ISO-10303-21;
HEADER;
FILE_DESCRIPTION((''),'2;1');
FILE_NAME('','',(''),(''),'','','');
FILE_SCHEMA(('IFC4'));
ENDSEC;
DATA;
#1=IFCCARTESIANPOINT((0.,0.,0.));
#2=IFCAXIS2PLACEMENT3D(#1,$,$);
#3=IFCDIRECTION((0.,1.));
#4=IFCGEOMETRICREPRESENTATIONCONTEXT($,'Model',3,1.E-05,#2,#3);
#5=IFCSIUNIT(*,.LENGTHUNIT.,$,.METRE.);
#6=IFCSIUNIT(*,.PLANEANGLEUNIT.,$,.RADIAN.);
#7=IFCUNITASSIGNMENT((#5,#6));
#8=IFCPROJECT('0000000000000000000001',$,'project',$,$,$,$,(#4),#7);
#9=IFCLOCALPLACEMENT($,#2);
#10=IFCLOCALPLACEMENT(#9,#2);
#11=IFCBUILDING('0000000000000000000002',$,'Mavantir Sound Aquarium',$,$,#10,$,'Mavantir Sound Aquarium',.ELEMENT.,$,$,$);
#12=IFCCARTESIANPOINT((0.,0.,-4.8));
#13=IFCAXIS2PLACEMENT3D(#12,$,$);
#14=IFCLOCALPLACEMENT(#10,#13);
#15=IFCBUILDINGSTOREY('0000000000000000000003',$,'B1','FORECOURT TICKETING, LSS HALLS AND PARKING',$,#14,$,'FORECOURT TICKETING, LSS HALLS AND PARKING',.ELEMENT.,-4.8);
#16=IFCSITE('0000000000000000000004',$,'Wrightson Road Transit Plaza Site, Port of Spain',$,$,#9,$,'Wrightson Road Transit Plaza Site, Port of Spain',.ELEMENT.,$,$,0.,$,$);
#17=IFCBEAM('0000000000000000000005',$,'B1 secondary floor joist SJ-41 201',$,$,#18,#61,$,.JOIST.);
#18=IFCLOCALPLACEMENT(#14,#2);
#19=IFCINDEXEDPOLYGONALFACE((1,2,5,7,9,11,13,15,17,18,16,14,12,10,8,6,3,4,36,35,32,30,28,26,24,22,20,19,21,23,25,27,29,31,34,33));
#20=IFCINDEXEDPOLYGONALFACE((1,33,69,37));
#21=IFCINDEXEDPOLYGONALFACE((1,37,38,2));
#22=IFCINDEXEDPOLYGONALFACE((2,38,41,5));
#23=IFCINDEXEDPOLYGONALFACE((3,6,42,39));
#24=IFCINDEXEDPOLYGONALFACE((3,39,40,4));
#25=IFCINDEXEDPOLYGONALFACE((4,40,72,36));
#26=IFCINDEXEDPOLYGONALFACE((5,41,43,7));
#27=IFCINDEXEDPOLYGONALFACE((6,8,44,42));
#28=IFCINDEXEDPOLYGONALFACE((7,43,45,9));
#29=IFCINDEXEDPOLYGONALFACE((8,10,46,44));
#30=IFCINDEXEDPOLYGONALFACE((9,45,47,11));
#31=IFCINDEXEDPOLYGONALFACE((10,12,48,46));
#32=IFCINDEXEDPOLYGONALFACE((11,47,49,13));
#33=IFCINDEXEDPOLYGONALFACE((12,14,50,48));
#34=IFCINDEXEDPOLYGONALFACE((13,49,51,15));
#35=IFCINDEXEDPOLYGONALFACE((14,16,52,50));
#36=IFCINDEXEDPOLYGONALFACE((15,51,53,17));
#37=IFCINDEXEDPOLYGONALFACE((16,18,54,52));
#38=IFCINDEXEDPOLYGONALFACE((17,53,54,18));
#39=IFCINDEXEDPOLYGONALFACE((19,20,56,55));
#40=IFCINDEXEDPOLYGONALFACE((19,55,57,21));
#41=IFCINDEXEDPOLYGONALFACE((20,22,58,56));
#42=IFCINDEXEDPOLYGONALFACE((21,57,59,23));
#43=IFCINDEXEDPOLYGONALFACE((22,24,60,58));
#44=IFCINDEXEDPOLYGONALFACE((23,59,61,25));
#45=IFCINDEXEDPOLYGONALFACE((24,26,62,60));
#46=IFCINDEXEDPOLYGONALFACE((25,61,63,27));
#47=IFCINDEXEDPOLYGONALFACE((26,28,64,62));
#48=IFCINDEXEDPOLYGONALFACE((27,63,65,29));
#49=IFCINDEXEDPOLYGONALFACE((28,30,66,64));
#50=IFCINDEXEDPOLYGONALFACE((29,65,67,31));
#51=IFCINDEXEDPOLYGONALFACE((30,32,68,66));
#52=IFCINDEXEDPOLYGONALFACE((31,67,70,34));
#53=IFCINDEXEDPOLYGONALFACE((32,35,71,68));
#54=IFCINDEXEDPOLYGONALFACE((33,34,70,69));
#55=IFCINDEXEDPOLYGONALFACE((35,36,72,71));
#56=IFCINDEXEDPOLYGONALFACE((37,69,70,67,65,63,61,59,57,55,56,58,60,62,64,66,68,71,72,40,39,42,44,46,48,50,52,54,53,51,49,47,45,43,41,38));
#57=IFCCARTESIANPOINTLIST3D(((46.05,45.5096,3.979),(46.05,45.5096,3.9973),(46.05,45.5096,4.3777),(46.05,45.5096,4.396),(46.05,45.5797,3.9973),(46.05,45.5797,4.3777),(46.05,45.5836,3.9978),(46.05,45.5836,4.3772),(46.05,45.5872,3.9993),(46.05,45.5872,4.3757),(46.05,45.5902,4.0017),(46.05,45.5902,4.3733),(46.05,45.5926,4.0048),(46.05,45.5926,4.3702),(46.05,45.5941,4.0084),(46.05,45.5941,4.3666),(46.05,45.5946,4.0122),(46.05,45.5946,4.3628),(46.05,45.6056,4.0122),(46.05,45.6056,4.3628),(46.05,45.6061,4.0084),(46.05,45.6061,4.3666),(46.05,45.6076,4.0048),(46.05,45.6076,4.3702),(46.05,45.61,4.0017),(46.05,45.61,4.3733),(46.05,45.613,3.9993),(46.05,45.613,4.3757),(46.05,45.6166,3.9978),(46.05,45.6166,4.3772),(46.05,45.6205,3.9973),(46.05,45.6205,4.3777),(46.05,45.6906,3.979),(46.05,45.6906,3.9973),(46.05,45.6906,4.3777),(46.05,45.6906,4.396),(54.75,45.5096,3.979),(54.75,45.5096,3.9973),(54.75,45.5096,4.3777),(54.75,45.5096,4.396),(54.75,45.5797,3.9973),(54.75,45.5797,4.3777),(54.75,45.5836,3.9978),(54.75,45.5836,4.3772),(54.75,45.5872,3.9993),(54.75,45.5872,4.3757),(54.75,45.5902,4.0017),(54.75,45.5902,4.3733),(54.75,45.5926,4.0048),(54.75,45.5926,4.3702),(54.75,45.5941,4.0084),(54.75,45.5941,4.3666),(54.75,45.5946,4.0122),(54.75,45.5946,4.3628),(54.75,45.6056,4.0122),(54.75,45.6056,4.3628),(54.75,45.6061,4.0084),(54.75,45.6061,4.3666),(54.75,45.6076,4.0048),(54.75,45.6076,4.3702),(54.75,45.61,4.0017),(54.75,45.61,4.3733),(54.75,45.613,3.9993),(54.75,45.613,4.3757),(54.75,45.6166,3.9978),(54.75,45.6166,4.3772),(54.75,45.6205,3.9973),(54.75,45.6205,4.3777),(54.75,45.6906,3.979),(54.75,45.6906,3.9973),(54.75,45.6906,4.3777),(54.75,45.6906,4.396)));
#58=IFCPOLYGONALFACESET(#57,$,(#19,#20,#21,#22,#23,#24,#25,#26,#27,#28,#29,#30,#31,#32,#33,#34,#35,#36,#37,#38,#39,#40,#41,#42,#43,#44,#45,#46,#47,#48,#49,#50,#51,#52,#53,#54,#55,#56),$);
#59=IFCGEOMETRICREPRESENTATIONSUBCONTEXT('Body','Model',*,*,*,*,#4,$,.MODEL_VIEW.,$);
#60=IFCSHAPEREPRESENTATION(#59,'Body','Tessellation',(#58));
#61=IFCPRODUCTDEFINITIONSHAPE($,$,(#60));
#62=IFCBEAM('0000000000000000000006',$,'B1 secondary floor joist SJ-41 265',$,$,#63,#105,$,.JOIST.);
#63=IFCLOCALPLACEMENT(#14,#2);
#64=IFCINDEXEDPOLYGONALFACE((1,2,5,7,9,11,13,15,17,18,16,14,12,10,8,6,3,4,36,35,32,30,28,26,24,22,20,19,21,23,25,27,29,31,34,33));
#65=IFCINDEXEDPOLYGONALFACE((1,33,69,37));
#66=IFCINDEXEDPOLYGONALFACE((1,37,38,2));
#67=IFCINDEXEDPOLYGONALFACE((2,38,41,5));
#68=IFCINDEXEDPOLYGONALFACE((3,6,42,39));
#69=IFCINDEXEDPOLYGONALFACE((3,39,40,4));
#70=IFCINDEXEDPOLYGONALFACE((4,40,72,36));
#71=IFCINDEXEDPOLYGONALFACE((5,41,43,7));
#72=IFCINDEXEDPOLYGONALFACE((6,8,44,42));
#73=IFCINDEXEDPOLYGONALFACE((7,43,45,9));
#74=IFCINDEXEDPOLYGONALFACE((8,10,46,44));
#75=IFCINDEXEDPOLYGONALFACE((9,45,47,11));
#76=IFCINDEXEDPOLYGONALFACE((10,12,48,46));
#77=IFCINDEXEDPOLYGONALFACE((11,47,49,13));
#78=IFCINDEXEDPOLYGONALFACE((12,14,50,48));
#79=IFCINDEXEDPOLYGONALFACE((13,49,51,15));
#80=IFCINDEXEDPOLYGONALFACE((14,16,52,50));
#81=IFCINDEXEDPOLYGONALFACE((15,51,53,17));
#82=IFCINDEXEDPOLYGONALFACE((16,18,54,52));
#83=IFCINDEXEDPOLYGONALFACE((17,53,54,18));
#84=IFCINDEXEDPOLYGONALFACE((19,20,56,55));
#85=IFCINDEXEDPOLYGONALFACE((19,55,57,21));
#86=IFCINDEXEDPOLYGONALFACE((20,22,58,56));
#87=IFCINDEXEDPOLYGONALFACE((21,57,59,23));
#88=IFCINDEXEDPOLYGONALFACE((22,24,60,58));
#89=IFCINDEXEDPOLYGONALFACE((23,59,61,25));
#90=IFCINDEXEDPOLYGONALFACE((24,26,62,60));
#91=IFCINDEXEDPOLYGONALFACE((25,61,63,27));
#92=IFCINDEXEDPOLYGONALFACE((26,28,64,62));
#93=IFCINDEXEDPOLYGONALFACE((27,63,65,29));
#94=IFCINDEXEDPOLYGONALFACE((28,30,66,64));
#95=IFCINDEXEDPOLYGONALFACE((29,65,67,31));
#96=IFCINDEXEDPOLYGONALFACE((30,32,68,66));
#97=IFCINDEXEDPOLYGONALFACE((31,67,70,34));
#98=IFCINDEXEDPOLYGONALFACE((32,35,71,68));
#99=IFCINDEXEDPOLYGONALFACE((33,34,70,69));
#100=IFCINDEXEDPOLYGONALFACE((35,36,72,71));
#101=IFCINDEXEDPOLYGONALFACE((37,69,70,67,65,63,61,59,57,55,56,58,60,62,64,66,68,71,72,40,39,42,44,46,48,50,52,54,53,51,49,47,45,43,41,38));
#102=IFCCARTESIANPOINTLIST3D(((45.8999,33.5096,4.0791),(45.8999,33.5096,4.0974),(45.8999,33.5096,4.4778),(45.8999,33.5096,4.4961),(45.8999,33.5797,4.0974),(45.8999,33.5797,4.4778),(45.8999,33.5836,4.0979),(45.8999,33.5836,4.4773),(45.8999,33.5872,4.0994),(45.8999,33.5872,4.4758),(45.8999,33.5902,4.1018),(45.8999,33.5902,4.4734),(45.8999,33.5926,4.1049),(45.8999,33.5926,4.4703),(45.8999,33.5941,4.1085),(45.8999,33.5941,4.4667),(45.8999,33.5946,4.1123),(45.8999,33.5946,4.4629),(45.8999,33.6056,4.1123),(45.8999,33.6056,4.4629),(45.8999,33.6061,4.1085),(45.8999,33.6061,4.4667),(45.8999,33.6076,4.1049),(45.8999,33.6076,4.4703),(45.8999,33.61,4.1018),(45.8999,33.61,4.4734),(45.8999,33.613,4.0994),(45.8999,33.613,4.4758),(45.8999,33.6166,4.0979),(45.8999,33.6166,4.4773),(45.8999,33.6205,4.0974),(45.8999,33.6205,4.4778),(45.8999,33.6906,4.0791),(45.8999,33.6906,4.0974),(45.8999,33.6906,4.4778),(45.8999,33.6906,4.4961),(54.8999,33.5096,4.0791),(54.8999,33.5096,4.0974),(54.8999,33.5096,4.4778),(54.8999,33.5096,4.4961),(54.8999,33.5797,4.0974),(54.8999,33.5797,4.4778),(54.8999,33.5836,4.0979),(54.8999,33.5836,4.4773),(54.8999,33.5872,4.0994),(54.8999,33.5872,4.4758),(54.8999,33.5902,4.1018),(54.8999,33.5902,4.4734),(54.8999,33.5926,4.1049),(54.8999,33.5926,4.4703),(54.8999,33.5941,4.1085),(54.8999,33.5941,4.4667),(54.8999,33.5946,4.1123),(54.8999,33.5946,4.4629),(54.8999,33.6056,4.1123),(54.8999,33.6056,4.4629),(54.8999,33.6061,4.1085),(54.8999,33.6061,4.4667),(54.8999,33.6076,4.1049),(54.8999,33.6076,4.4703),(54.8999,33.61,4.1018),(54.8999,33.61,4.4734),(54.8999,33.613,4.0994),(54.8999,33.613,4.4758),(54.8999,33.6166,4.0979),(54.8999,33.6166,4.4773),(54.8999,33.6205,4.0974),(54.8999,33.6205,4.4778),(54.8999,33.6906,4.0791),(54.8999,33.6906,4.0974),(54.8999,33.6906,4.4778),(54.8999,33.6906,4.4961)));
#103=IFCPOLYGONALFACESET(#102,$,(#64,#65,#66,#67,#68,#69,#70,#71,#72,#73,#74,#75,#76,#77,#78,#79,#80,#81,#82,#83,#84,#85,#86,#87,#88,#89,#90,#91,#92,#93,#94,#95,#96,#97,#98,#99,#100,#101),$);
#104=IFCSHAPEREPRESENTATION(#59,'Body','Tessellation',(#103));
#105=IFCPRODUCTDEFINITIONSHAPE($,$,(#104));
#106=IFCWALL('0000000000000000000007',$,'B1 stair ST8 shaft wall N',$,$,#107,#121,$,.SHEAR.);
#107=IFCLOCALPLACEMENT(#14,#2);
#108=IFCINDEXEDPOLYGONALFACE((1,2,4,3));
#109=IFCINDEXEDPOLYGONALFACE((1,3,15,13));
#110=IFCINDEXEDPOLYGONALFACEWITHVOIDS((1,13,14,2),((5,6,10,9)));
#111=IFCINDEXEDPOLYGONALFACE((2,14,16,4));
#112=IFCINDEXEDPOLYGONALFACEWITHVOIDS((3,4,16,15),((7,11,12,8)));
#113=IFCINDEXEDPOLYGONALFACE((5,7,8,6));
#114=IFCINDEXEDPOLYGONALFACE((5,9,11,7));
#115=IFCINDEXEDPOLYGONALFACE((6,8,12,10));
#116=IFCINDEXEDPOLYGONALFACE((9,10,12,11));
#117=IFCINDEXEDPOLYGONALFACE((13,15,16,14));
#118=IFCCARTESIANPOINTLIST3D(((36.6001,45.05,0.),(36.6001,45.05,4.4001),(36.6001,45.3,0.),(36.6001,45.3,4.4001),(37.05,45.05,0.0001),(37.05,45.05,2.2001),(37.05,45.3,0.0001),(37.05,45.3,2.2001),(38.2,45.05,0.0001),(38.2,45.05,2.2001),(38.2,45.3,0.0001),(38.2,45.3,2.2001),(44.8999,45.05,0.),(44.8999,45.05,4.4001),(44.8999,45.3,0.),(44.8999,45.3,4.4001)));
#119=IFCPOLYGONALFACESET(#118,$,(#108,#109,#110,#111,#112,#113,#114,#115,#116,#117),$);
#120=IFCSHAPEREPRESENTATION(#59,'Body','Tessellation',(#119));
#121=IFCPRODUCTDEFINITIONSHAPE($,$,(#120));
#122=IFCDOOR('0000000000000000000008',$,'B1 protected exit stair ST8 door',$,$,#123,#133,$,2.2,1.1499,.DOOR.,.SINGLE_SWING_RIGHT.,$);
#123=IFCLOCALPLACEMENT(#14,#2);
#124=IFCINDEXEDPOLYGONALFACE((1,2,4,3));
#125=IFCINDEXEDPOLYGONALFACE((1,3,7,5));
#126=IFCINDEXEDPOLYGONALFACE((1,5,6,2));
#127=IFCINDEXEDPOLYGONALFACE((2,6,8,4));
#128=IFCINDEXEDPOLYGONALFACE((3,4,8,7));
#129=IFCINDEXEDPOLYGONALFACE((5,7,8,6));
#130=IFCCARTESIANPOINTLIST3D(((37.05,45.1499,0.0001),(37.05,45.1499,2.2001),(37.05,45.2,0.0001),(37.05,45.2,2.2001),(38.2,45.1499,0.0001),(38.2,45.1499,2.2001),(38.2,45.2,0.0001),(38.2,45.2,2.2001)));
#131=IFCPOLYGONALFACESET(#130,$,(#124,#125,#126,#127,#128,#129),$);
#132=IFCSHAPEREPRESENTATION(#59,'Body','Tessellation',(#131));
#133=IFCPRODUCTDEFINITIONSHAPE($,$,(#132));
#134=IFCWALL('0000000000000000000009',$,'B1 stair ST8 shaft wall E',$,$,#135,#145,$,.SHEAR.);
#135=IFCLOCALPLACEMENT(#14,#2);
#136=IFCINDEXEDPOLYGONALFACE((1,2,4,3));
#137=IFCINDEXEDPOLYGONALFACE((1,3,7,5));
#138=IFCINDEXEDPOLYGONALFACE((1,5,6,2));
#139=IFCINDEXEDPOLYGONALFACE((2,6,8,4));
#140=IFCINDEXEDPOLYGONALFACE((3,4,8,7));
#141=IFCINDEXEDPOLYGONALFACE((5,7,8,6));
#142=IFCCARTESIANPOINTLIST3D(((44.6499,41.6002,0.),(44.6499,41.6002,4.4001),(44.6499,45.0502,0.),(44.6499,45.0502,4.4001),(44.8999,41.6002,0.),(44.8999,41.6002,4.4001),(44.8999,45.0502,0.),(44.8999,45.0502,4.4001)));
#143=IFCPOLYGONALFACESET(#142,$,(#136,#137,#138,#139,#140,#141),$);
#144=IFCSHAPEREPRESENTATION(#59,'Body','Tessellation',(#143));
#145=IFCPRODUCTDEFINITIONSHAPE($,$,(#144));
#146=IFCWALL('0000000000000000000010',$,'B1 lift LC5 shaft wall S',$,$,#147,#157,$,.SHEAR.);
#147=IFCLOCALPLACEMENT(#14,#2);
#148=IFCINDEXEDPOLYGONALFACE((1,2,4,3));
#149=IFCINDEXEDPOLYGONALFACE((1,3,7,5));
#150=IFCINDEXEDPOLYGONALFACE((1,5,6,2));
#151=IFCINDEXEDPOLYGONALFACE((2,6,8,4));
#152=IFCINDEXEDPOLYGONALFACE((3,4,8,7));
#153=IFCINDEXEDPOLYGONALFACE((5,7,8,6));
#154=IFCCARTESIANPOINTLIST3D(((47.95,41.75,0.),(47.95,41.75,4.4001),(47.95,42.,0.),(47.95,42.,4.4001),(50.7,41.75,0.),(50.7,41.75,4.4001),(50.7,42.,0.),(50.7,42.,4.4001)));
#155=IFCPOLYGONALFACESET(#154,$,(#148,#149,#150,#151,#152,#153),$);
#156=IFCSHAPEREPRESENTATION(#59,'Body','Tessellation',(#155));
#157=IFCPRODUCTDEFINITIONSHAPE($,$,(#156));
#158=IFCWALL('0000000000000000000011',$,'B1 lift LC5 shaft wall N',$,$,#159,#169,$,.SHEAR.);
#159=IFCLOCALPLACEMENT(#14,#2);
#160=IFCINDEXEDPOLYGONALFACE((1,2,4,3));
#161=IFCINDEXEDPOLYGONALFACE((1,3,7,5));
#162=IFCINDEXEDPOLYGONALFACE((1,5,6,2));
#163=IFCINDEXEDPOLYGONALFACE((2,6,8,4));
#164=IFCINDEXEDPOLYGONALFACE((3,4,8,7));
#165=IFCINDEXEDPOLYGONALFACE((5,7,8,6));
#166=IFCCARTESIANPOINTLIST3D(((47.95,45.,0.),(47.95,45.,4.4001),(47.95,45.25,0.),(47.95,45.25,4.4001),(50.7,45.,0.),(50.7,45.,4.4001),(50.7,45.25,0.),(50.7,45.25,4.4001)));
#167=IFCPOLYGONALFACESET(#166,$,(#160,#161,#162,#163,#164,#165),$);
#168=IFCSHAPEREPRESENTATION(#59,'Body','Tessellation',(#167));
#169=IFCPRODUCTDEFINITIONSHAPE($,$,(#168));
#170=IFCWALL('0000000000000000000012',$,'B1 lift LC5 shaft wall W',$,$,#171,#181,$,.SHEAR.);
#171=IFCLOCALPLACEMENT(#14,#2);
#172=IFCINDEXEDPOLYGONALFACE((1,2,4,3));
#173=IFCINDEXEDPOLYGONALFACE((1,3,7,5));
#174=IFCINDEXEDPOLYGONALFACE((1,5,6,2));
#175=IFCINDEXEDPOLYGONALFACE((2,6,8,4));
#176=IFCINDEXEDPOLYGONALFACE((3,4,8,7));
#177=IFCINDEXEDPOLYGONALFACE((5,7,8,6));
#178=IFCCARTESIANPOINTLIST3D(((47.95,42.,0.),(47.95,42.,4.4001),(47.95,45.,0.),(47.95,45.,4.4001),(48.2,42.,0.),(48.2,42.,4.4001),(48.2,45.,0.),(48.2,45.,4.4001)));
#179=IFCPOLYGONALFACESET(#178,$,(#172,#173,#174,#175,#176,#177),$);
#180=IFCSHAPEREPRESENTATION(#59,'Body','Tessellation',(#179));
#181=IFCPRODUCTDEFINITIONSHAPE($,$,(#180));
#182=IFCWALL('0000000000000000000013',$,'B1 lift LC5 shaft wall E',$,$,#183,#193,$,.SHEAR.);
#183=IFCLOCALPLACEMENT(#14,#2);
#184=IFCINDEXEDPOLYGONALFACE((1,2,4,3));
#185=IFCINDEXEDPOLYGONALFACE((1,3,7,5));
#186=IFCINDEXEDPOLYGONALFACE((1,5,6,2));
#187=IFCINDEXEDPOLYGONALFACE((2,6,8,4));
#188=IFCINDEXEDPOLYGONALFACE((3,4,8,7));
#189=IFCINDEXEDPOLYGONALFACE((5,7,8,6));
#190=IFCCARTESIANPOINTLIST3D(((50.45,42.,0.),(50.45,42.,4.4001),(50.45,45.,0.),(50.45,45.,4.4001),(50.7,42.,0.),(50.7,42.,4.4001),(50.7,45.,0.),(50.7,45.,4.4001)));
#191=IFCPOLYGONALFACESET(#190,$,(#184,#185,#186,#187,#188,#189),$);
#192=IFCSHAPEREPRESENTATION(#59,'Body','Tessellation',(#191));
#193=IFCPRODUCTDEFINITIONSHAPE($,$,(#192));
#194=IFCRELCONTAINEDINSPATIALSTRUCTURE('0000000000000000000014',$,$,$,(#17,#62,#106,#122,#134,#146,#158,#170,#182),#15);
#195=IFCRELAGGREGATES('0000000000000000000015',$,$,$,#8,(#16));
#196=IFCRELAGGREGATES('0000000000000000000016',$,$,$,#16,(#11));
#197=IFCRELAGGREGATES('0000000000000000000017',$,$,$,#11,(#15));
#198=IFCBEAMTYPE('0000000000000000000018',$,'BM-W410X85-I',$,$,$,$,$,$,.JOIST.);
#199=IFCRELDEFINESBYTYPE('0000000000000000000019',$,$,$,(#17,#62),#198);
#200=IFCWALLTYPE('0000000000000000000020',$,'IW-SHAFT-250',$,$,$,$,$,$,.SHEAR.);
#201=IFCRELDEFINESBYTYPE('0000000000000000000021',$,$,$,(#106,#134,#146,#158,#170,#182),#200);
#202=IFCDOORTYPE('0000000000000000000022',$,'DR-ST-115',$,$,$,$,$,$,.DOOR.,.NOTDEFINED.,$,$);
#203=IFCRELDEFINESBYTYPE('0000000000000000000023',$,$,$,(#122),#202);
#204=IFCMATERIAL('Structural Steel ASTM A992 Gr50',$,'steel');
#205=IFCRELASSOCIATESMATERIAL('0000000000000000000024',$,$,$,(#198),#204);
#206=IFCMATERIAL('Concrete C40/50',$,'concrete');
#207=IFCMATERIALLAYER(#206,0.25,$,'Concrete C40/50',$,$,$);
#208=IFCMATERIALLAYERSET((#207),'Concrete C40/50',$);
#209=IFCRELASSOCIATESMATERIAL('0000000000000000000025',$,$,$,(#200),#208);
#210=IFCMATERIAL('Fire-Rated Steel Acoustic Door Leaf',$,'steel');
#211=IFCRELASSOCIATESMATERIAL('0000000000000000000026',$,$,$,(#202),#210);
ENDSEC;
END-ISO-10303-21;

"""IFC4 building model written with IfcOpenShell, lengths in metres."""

from ifc_helpers import new_model, si_unit, direction, frame, frame_2d, origin, origin_2d, place, context, subcontext, project, spatial, rectangle, i_section, extrude, material, layer, layer_set, material_profile, profile_set, type_object, element, fill, save


model = new_model("IFC4")

# Units and contexts
model_context = context("Model", 3, precision=1e-05, world=origin(), true_north=direction((0.0, 1.0)))
body_context = subcontext(model_context, "Body", "Model", "MODEL_VIEW")
ifc_project = project(units=[si_unit("LENGTHUNIT", "METRE"), si_unit("PLANEANGLEUNIT", "RADIAN")], contexts=[model_context])

# Site, building, storey
site_placement = place(None, origin())
site = spatial("IfcSite", under=ifc_project, at=site_placement, Name="Wrightson Road Transit Plaza Site, Port of Spain", LongName="Wrightson Road Transit Plaza Site, Port of Spain", CompositionType="ELEMENT", RefElevation=0.0)
building_placement = place(site_placement, origin())
building = spatial("IfcBuilding", under=site, at=building_placement, Name="Mavantir Sound Aquarium", LongName="Mavantir Sound Aquarium", CompositionType="ELEMENT")
storey_placement = place(building_placement, frame((0.0, 0.0, -4.8)))
storey = spatial("IfcBuildingStorey", under=building, at=storey_placement, Name="B1", Description="FORECOURT TICKETING, LSS HALLS AND PARKING", LongName="FORECOURT TICKETING, LSS HALLS AND PARKING", CompositionType="ELEMENT", Elevation=-4.8)

# Shared definitions
ifc_material_1 = material(Name="Concrete C40/50", Category="concrete")

# Beams
ifc_material_2 = material(Name="Structural Steel ASTM A992 Gr50", Category="steel")
ifc_material_profile_1 = material_profile(ifc_material_2, i_section(OverallWidth=0.1809, OverallDepth=0.417, WebThickness=0.011, FlangeThickness=0.0183, FilletRadius=0.0149, at=origin_2d()), Name="W410X85")
ifc_profile_set_1 = profile_set([ifc_material_profile_1], Name="Structural Steel ASTM A992 Gr50")
beam_type_1 = type_object("IfcBeamType", Name="BM-W410X85-I", PredefinedType="JOIST", material=ifc_profile_set_1)
beam_1_placement = place(storey_placement, frame((46.05, 45.6001, 4.1875), z_axis=(1.0, 0.0, 0.0), x_axis=(0.0, 1.0, 0.0)))
element("IfcBeam", 1, at=beam_1_placement, inside=storey, type_object=beam_type_1, Name="B1 secondary floor joist SJ-41 201", PredefinedType="JOIST", context=body_context, shape_type="SweptSolid", body=[
    extrude(i_section(OverallWidth=0.1809, OverallDepth=0.417, WebThickness=0.011, FlangeThickness=0.0183, FilletRadius=0.0149, at=origin_2d()), origin(), (0.0, 0.0, 1.0), 8.7),
])
beam_2_placement = place(storey_placement, frame((45.8999, 33.6001, 4.2876), z_axis=(1.0, 0.0, 0.0), x_axis=(0.0, 1.0, 0.0)))
element("IfcBeam", 2, at=beam_2_placement, inside=storey, type_object=beam_type_1, Name="B1 secondary floor joist SJ-41 265", PredefinedType="JOIST", context=body_context, shape_type="SweptSolid", body=[
    extrude(i_section(OverallWidth=0.1809, OverallDepth=0.417, WebThickness=0.011, FlangeThickness=0.0183, FilletRadius=0.0149, at=origin_2d()), origin(), (0.0, 0.0, 1.0), 9.0),
])

# Wall, opening, door
ifc_layer = layer(ifc_material_1, 0.25, Name="Concrete C40/50")
ifc_layer_set = layer_set([ifc_layer], Name="Concrete C40/50")
wall_type = type_object("IfcWallType", Name="IW-SHAFT-250", PredefinedType="SHEAR", material=ifc_layer_set)
wall_1_placement = place(storey_placement, frame((44.8999, 45.175, 0.0), z_axis=(0.0, 0.0, 1.0), x_axis=(-1.0, 0.0, 0.0)))
wall_1 = element("IfcWall", 3, at=wall_1_placement, inside=storey, type_object=wall_type, Name="B1 stair ST8 shaft wall N", PredefinedType="SHEAR", context=body_context, shape_type="SweptSolid", body=[
    extrude(rectangle(XDim=8.2998, YDim=0.25, at=frame_2d((4.1499, 0.0))), origin(), (0.0, 0.0, 1.0), 4.4001),
])
opening_placement = place(wall_1_placement, frame((7.8499, 0.0, 0.0), z_axis=(0.0, 0.0, 1.0), x_axis=(-1.0, 0.0, 0.0)))
opening = element("IfcOpeningElement", 4, at=opening_placement, cuts=wall_1, PredefinedType="OPENING", context=body_context, shape_type="SweptSolid", body=[
    extrude(rectangle(XDim=1.1499, YDim=2.2, at=frame_2d((0.575, 1.1001))), frame((0.0, 0.135, 0.0), z_axis=(0.0, -1.0, 0.0), x_axis=(1.0, 0.0, 0.0)), (0.0, 0.0, 1.0), 0.27),
])
ifc_material_3 = material(Name="Fire-Rated Steel Acoustic Door Leaf", Category="steel")
door_type = type_object("IfcDoorType", Name="DR-ST-115", OperationType="NOTDEFINED", PredefinedType="DOOR", material=ifc_material_3)
door_placement = place(opening_placement, origin())
door = element("IfcDoor", 5, at=door_placement, inside=storey, type_object=door_type, Name="B1 protected exit stair ST8 door", OperationType="SINGLE_SWING_RIGHT", OverallHeight=2.2, OverallWidth=1.1499, PredefinedType="DOOR", context=body_context, shape_type="SweptSolid", body=[
    extrude(rectangle(XDim=1.1499, YDim=2.2, at=frame_2d((0.575, 1.1001))), frame((0.0, 0.0249, 0.0), z_axis=(0.0, -1.0, 0.0), x_axis=(1.0, 0.0, 0.0)), (0.0, 0.0, 1.0), 0.05),
])
fill(opening, door)

# Walls
wall_2_placement = place(storey_placement, frame((44.7749, 41.6001, 0.0), z_axis=(0.0, 0.0, 1.0), x_axis=(0.0, 1.0, 0.0)))
element("IfcWall", 6, at=wall_2_placement, inside=storey, type_object=wall_type, Name="B1 stair ST8 shaft wall E", PredefinedType="SHEAR", context=body_context, shape_type="SweptSolid", body=[
    extrude(rectangle(XDim=3.45, YDim=0.25, at=frame_2d((1.7251, 0.0))), origin(), (0.0, 0.0, 1.0), 4.4001),
])
for number, where, z_axis, x_axis, name in (
    (7, (47.95, 41.875, 0.0), (0.0, 0.0, 1.0), (1.0, 0.0, 0.0), "B1 lift LC5 shaft wall S"),
    (8, (47.95, 45.125, 0.0), (0.0, 0.0, 1.0), (1.0, 0.0, 0.0), "B1 lift LC5 shaft wall N"),
):
    element("IfcWall", number, at=place(storey_placement, frame(where, z_axis=z_axis, x_axis=x_axis)), inside=storey, type_object=wall_type, Name=name, PredefinedType="SHEAR", context=body_context, shape_type="SweptSolid", body=[
        extrude(rectangle(XDim=2.75, YDim=0.25, at=frame_2d((1.375, 0.0))), origin(), (0.0, 0.0, 1.0), 4.4001),
    ])
for number, where, z_axis, x_axis, name in (
    (9, (48.075, 42.0, 0.0), (0.0, 0.0, 1.0), (0.0, 1.0, 0.0), "B1 lift LC5 shaft wall W"),
    (10, (50.575, 42.0, 0.0), (0.0, 0.0, 1.0), (0.0, 1.0, 0.0), "B1 lift LC5 shaft wall E"),
):
    element("IfcWall", number, at=place(storey_placement, frame(where, z_axis=z_axis, x_axis=x_axis)), inside=storey, type_object=wall_type, Name=name, PredefinedType="SHEAR", context=body_context, shape_type="SweptSolid", body=[
        extrude(rectangle(XDim=3.0, YDim=0.25, at=frame_2d((1.5, 0.0))), origin(), (0.0, 0.0, 1.0), 4.4001),
    ])

save(model, "model.ifc")
